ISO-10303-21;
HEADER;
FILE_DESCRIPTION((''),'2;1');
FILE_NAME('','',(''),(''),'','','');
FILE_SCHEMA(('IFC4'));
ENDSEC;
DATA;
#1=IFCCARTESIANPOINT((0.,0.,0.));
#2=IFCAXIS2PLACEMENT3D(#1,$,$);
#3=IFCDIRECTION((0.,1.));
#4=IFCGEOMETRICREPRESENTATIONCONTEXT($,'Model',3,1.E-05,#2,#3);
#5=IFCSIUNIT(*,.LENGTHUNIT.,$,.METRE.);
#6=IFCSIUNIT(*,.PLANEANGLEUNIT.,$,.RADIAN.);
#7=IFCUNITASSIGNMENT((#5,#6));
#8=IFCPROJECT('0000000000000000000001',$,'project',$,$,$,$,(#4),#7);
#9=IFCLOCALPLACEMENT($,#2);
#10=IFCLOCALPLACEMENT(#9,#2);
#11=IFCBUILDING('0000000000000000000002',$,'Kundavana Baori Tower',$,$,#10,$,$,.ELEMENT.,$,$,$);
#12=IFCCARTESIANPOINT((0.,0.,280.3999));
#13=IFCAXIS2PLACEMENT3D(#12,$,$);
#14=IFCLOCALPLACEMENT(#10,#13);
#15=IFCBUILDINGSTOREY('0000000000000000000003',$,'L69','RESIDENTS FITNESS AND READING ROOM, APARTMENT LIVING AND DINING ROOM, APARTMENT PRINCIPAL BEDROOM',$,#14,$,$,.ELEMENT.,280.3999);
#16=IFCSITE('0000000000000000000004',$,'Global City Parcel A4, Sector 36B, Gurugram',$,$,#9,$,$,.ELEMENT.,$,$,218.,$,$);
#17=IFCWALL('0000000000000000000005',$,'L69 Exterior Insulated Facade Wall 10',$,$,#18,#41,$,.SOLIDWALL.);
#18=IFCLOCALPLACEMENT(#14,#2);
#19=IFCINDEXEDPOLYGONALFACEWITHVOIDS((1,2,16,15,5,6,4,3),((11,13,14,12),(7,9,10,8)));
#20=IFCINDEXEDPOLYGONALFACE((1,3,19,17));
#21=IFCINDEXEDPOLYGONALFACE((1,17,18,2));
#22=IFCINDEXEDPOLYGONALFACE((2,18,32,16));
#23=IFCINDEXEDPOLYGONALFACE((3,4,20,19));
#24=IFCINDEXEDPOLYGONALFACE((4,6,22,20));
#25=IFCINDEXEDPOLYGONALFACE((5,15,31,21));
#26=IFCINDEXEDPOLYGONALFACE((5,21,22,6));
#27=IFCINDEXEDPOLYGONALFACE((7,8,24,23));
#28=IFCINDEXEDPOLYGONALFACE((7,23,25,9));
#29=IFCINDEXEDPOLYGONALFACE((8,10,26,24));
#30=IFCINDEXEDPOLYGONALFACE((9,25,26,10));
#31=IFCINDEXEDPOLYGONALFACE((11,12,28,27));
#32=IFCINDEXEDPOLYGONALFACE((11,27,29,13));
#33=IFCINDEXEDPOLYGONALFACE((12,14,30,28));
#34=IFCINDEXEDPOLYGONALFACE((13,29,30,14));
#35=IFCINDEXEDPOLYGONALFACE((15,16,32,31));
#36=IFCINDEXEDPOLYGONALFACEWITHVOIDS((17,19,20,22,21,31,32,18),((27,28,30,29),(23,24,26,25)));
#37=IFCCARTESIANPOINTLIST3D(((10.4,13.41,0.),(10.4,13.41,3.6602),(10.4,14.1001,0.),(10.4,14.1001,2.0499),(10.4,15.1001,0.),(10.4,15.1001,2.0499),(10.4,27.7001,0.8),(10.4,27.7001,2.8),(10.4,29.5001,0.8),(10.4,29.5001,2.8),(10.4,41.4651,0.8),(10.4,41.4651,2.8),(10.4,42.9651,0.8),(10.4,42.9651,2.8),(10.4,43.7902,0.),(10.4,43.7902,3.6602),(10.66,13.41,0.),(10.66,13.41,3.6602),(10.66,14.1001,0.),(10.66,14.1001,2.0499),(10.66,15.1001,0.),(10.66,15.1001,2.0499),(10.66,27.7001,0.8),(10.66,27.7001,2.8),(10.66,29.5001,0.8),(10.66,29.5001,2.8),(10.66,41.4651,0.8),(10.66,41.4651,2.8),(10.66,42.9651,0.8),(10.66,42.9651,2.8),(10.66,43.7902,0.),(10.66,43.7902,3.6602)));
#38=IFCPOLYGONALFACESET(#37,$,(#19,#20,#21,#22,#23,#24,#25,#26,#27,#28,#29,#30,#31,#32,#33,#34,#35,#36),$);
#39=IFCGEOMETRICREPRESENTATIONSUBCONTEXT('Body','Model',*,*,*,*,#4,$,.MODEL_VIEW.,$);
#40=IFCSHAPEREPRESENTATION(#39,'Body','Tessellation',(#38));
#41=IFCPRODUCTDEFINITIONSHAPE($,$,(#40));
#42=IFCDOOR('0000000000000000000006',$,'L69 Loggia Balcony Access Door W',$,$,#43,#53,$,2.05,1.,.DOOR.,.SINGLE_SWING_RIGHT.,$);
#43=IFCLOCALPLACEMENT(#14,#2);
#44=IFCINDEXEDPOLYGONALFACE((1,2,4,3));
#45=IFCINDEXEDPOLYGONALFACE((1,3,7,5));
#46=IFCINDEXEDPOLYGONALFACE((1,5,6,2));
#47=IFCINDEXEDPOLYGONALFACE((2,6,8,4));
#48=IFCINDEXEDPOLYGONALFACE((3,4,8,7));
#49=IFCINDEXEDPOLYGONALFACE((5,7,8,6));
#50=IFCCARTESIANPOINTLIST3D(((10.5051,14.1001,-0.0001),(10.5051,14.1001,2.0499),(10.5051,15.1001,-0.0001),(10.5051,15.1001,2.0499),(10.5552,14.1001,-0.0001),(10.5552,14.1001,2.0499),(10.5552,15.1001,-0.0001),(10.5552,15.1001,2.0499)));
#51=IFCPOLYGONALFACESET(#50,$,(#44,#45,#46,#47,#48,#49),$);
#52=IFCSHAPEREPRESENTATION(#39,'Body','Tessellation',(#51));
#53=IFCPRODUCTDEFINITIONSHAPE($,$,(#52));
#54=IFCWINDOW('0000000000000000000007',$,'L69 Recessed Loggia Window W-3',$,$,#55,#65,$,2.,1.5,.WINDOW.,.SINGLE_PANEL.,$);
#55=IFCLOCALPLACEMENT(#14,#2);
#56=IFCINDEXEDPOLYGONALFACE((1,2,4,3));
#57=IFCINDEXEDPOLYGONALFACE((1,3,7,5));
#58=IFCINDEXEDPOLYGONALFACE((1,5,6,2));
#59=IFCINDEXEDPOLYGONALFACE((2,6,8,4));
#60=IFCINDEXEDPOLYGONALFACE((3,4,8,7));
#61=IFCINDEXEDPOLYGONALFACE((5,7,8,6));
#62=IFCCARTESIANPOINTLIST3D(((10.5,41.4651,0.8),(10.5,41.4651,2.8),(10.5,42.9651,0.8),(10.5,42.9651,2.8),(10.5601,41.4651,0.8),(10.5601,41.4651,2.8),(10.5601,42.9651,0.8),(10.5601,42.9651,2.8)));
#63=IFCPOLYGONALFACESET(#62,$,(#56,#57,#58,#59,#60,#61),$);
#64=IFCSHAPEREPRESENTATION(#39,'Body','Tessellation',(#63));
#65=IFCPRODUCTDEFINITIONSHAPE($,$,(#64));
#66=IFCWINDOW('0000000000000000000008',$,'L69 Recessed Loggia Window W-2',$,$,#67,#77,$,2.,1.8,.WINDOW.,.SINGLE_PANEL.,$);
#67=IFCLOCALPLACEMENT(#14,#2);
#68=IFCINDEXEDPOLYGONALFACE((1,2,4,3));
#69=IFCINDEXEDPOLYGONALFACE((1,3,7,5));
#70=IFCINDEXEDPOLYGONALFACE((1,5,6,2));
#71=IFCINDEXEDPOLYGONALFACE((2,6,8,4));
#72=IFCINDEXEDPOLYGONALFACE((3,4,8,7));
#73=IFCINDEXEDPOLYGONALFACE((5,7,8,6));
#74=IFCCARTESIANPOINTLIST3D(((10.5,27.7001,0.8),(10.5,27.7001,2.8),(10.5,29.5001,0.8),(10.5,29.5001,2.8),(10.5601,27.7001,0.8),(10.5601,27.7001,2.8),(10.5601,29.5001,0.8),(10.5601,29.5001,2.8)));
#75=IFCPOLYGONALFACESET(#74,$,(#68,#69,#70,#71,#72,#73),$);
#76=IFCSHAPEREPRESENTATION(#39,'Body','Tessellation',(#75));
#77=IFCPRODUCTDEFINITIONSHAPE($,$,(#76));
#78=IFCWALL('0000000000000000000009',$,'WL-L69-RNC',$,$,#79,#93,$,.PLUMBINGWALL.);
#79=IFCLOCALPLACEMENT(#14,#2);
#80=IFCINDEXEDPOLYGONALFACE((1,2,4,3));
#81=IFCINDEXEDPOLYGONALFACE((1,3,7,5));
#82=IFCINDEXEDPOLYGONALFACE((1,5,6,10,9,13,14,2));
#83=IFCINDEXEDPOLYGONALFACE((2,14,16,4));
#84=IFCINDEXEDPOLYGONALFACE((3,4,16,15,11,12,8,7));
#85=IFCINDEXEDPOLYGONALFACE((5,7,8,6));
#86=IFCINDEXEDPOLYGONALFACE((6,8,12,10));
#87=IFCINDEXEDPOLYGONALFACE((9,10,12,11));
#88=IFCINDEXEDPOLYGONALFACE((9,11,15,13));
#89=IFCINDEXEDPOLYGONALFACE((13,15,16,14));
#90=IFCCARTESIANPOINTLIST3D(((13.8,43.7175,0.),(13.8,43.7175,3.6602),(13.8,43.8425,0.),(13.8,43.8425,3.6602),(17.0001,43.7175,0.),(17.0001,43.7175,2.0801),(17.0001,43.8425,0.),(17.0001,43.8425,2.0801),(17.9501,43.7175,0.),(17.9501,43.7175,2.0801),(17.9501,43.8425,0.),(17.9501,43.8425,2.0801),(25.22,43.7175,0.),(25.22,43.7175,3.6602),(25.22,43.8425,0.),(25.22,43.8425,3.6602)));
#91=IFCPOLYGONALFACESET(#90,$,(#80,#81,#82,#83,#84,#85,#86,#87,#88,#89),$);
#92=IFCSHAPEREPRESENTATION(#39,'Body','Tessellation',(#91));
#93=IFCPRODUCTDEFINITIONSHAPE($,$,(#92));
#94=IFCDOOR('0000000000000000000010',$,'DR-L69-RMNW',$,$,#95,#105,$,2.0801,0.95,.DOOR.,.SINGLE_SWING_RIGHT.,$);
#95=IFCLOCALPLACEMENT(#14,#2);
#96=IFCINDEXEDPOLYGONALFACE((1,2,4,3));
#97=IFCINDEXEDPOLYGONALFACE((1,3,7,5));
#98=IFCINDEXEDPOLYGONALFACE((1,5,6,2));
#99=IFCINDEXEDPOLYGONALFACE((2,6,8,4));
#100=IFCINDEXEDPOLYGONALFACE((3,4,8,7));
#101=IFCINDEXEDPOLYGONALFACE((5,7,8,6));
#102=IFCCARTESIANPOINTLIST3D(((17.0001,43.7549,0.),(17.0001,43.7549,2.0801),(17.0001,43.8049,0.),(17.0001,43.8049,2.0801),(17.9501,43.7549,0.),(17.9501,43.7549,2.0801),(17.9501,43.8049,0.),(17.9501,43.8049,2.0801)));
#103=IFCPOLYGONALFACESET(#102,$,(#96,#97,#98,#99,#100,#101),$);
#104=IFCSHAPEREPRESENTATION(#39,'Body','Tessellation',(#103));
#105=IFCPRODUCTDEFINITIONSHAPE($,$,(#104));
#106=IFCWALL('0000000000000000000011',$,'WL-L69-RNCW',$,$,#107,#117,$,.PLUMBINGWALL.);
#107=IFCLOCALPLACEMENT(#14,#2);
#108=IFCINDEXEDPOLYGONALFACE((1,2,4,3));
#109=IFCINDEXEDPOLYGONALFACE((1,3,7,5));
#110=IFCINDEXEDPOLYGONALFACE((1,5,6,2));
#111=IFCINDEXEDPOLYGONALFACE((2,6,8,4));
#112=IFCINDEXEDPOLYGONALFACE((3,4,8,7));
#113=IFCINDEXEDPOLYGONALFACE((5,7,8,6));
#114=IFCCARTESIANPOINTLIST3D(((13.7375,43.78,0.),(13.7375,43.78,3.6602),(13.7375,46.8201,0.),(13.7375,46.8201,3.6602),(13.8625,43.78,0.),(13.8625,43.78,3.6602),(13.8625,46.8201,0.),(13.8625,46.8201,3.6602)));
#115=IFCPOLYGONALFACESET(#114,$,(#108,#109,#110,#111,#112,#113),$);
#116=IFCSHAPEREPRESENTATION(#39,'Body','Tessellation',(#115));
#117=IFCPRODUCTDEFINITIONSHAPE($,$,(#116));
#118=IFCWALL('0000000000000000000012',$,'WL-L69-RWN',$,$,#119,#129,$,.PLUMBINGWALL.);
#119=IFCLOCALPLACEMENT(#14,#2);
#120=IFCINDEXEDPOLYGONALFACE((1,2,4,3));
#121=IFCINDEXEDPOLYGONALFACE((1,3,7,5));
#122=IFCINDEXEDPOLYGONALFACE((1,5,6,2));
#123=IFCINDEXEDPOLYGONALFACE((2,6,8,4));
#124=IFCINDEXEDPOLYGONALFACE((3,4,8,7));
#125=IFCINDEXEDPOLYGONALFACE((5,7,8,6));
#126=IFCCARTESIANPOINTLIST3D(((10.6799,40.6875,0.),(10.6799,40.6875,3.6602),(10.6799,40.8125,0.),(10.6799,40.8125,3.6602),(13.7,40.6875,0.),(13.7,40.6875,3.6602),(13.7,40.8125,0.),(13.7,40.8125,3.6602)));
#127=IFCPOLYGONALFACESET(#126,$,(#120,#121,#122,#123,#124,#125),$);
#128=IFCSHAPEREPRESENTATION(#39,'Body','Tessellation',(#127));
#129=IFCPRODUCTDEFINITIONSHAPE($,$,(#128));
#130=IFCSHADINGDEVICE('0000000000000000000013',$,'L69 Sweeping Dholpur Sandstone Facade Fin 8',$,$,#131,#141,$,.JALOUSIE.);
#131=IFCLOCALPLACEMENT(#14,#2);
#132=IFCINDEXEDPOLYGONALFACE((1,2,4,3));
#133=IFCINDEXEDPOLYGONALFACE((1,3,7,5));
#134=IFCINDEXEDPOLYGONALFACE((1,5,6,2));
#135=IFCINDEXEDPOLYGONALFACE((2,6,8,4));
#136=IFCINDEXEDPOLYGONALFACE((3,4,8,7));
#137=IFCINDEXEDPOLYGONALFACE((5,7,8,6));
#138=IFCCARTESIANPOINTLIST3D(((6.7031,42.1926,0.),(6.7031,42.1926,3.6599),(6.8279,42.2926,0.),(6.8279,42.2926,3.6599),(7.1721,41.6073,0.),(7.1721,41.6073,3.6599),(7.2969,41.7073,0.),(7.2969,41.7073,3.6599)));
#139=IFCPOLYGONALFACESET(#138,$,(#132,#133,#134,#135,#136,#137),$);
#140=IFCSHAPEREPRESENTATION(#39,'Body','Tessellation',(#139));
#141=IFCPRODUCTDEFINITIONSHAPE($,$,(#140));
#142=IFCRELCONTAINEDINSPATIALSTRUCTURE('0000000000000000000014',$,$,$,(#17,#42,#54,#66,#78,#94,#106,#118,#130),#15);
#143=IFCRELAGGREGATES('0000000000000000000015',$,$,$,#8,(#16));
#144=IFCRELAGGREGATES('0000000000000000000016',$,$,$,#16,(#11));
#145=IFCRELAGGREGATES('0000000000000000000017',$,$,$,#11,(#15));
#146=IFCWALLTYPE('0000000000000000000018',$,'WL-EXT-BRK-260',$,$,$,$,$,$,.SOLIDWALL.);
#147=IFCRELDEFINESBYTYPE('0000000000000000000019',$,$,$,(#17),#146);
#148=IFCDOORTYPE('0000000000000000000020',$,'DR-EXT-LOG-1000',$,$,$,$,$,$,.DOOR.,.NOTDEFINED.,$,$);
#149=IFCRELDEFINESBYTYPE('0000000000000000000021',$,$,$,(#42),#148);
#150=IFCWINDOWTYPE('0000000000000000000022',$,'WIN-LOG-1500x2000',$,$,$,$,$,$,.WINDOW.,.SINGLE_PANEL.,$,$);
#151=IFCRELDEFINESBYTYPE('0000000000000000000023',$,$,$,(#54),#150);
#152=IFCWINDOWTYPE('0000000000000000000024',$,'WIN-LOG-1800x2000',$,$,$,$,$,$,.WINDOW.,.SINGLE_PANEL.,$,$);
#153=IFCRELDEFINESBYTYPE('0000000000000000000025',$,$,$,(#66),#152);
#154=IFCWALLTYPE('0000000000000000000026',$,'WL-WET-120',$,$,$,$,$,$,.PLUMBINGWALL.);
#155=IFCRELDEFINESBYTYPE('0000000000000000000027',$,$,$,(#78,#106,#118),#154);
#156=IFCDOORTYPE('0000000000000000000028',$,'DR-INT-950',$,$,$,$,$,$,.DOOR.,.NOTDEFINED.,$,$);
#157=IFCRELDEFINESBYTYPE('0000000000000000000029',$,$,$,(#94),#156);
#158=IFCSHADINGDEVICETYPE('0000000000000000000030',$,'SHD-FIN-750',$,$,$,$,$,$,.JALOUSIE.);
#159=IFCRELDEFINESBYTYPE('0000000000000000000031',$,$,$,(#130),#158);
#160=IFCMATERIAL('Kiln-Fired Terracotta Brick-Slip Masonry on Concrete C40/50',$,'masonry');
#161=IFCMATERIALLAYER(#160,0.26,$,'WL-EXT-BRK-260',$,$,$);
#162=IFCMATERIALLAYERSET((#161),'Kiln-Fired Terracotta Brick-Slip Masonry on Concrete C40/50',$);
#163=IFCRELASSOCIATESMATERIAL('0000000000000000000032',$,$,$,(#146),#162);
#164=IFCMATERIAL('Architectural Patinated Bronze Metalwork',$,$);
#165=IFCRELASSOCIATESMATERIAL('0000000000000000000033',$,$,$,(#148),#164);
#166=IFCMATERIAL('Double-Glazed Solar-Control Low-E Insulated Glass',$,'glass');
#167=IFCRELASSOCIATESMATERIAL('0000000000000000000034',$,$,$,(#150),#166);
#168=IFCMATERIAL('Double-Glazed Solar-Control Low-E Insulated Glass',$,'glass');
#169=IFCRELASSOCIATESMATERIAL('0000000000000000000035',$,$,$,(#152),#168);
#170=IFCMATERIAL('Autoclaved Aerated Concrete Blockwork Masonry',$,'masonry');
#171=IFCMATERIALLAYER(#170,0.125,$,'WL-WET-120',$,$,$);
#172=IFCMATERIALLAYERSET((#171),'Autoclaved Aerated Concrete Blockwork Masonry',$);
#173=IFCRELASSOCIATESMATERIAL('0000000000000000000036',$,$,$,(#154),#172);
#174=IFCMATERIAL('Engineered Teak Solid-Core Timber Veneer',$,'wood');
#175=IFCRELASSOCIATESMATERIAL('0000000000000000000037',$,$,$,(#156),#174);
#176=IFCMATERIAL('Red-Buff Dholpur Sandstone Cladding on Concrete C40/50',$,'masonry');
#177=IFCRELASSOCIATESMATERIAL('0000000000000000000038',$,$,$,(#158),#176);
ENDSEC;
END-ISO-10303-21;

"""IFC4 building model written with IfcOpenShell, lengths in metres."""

from ifc_helpers import new_model, si_unit, direction, frame, frame_2d, origin, origin_2d, place, context, subcontext, project, spatial, rectangle, extrude, material, layer, layer_set, type_object, element, fill, save


model = new_model("IFC4")

# Units and contexts
model_context = context("Model", 3, precision=1e-05, world=origin(), true_north=direction((0.0, 1.0)))
body_context = subcontext(model_context, "Body", "Model", "MODEL_VIEW")
ifc_project = project(units=[si_unit("LENGTHUNIT", "METRE"), si_unit("PLANEANGLEUNIT", "RADIAN")], contexts=[model_context])

# Site, building, storey
site_placement = place(None, origin())
site = spatial("IfcSite", under=ifc_project, at=site_placement, Name="Global City Parcel A4, Sector 36B, Gurugram", CompositionType="ELEMENT", RefElevation=218.0)
building_placement = place(site_placement, origin())
building = spatial("IfcBuilding", under=site, at=building_placement, Name="Kundavana Baori Tower", CompositionType="ELEMENT")
storey_placement = place(building_placement, frame((0.0, 0.0, 280.3999)))
storey = spatial("IfcBuildingStorey", under=building, at=storey_placement, Name="L69", Description="RESIDENTS FITNESS AND READING ROOM, APARTMENT LIVING AND DINING ROOM, APARTMENT PRINCIPAL BEDROOM", CompositionType="ELEMENT", Elevation=280.3999)

# Shared definitions
ifc_material_1 = material(Name="Kiln-Fired Terracotta Brick-Slip Masonry on Concrete C40/50", Category="masonry")
ifc_layer_1 = layer(ifc_material_1, 0.26, Name="WL-EXT-BRK-260")
ifc_layer_set_1 = layer_set([ifc_layer_1], Name="Kiln-Fired Terracotta Brick-Slip Masonry on Concrete C40/50")
wall_type_1 = type_object("IfcWallType", Name="WL-EXT-BRK-260", PredefinedType="SOLIDWALL", material=ifc_layer_set_1)

# Wall, openings, door, windows
wall_1_placement = place(storey_placement, frame((10.53, 43.79, 0.0), z_axis=(0.0, 0.0, 1.0), x_axis=(0.0, -1.0, 0.0)))
wall_1 = element("IfcWall", 1, at=wall_1_placement, inside=storey, type_object=wall_type_1, Name="L69 Exterior Insulated Facade Wall 10", PredefinedType="SOLIDWALL", context=body_context, shape_type="SweptSolid", body=[
    extrude(rectangle(XDim=30.3801, YDim=0.26, at=frame_2d((15.1899, 0.0))), origin(), (0.0, 0.0, 1.0), 3.6602),
])
opening_1_placement = place(wall_1_placement, frame((28.6899, 0.0, 0.0)))
opening_1 = element("IfcOpeningElement", 2, at=opening_1_placement, cuts=wall_1, PredefinedType="OPENING", context=body_context, shape_type="SweptSolid", body=[
    extrude(rectangle(XDim=1.0, YDim=2.05, at=frame_2d((0.5, 1.0249))), frame((0.0, 0.1401, 0.0), z_axis=(0.0, -1.0, 0.0), x_axis=(1.0, 0.0, 0.0)), (0.0, 0.0, 1.0), 0.28),
])
opening_2_placement = place(wall_1_placement, frame((14.29, 0.0, 0.8)))
opening_2 = element("IfcOpeningElement", 3, at=opening_2_placement, cuts=wall_1, PredefinedType="OPENING", context=body_context, shape_type="SweptSolid", body=[
    extrude(rectangle(XDim=1.8, YDim=2.0, at=frame_2d((0.8999, 1.0))), frame((0.0, 0.1401, 0.0), z_axis=(0.0, -1.0, 0.0), x_axis=(1.0, 0.0, 0.0)), (0.0, 0.0, 1.0), 0.28),
])
opening_3_placement = place(wall_1_placement, frame((0.825, 0.0, 0.8)))
opening_3 = element("IfcOpeningElement", 4, at=opening_3_placement, cuts=wall_1, PredefinedType="OPENING", context=body_context, shape_type="SweptSolid", body=[
    extrude(rectangle(XDim=1.5, YDim=2.0, at=frame_2d((0.75, 1.0))), frame((0.0, 0.1401, 0.0), z_axis=(0.0, -1.0, 0.0), x_axis=(1.0, 0.0, 0.0)), (0.0, 0.0, 1.0), 0.28),
])
ifc_material_2 = material(Name="Architectural Patinated Bronze Metalwork")
door_type_1 = type_object("IfcDoorType", Name="DR-EXT-LOG-1000", OperationType="NOTDEFINED", PredefinedType="DOOR", material=ifc_material_2)
door_1_placement = place(opening_1_placement, frame((1.0, 0.0, 0.0), z_axis=(0.0, 0.0, 1.0), x_axis=(-1.0, 0.0, 0.0)))
door_1 = element("IfcDoor", 5, at=door_1_placement, inside=storey, type_object=door_type_1, Name="L69 Loggia Balcony Access Door W", OperationType="SINGLE_SWING_RIGHT", OverallHeight=2.05, OverallWidth=1.0, PredefinedType="DOOR", context=body_context, shape_type="SweptSolid", body=[
    extrude(rectangle(XDim=1.0, YDim=2.05, at=frame_2d((0.5, 1.0249))), frame((0.0, 0.0249, 0.0), z_axis=(0.0, -1.0, 0.0), x_axis=(1.0, 0.0, 0.0)), (0.0, 0.0, 1.0), 0.05),
])
fill(opening_1, door_1)
ifc_material_3 = material(Name="Double-Glazed Solar-Control Low-E Insulated Glass", Category="glass")
window_type_1 = type_object("IfcWindowType", Name="WIN-LOG-1500x2000", PartitioningType="SINGLE_PANEL", PredefinedType="WINDOW", material=ifc_material_3)
window_1_placement = place(opening_3_placement, origin())
window_1 = element("IfcWindow", 6, at=window_1_placement, inside=storey, type_object=window_type_1, Name="L69 Recessed Loggia Window W-3", OverallHeight=2.0, OverallWidth=1.5, PartitioningType="SINGLE_PANEL", PredefinedType="WINDOW", context=body_context, shape_type="SweptSolid", body=[
    extrude(rectangle(XDim=1.5, YDim=2.0, at=frame_2d((0.75, 1.0))), frame((0.0, 0.03, 0.0), z_axis=(0.0, -1.0, 0.0), x_axis=(1.0, 0.0, 0.0)), (0.0, 0.0, 1.0), 0.0601),
])
fill(opening_3, window_1)
ifc_material_4 = material(Name="Double-Glazed Solar-Control Low-E Insulated Glass", Category="glass")
window_type_2 = type_object("IfcWindowType", Name="WIN-LOG-1800x2000", PartitioningType="SINGLE_PANEL", PredefinedType="WINDOW", material=ifc_material_4)
window_2_placement = place(opening_2_placement, origin())
window_2 = element("IfcWindow", 7, at=window_2_placement, inside=storey, type_object=window_type_2, Name="L69 Recessed Loggia Window W-2", OverallHeight=2.0, OverallWidth=1.8, PartitioningType="SINGLE_PANEL", PredefinedType="WINDOW", context=body_context, shape_type="SweptSolid", body=[
    extrude(rectangle(XDim=1.8, YDim=2.0, at=frame_2d((0.8999, 1.0))), frame((0.0, 0.03, 0.0), z_axis=(0.0, -1.0, 0.0), x_axis=(1.0, 0.0, 0.0)), (0.0, 0.0, 1.0), 0.0601),
])
fill(opening_2, window_2)

# Wall, opening, door
ifc_material_5 = material(Name="Autoclaved Aerated Concrete Blockwork Masonry", Category="masonry")
ifc_layer_2 = layer(ifc_material_5, 0.125, Name="WL-WET-120")
ifc_layer_set_2 = layer_set([ifc_layer_2], Name="Autoclaved Aerated Concrete Blockwork Masonry")
wall_type_2 = type_object("IfcWallType", Name="WL-WET-120", PredefinedType="PLUMBINGWALL", material=ifc_layer_set_2)
wall_2_placement = place(storey_placement, frame((13.8, 43.78, 0.0), z_axis=(0.0, 0.0, 1.0), x_axis=(1.0, 0.0, 0.0)))
wall_2 = element("IfcWall", 8, at=wall_2_placement, inside=storey, type_object=wall_type_2, Name="WL-L69-RNC", PredefinedType="PLUMBINGWALL", context=body_context, shape_type="SweptSolid", body=[
    extrude(rectangle(XDim=11.4199, YDim=0.125, at=frame_2d((5.71, 0.0))), origin(), (0.0, 0.0, 1.0), 3.6602),
])
opening_4_placement = place(wall_2_placement, frame((3.2, 0.0, 0.0)))
opening_4 = element("IfcOpeningElement", 9, at=opening_4_placement, cuts=wall_2, PredefinedType="OPENING", context=body_context, shape_type="SweptSolid", body=[
    extrude(rectangle(XDim=0.95, YDim=2.0801, at=frame_2d((0.4751, 1.04))), frame((0.0, 0.0725, 0.0), z_axis=(0.0, -1.0, 0.0), x_axis=(1.0, 0.0, 0.0)), (0.0, 0.0, 1.0), 0.145),
])
ifc_material_6 = material(Name="Engineered Teak Solid-Core Timber Veneer", Category="wood")
door_type_2 = type_object("IfcDoorType", Name="DR-INT-950", OperationType="NOTDEFINED", PredefinedType="DOOR", material=ifc_material_6)
door_2_placement = place(opening_4_placement, origin())
door_2 = element("IfcDoor", 10, at=door_2_placement, inside=storey, type_object=door_type_2, Name="DR-L69-RMNW", OperationType="SINGLE_SWING_RIGHT", OverallHeight=2.0801, OverallWidth=0.95, PredefinedType="DOOR", context=body_context, shape_type="SweptSolid", body=[
    extrude(rectangle(XDim=0.95, YDim=2.0801, at=frame_2d((0.4751, 1.04))), frame((0.0, 0.0249, 0.0), z_axis=(0.0, -1.0, 0.0), x_axis=(1.0, 0.0, 0.0)), (0.0, 0.0, 1.0), 0.05),
])
fill(opening_4, door_2)

# Walls
wall_3_placement = place(storey_placement, frame((13.8, 43.78, 0.0), z_axis=(0.0, 0.0, 1.0), x_axis=(0.0, 1.0, 0.0)))
element("IfcWall", 11, at=wall_3_placement, inside=storey, type_object=wall_type_2, Name="WL-L69-RNCW", PredefinedType="PLUMBINGWALL", context=body_context, shape_type="SweptSolid", body=[
    extrude(rectangle(XDim=3.04, YDim=0.125, at=frame_2d((1.52, 0.0))), origin(), (0.0, 0.0, 1.0), 3.6602),
])
wall_4_placement = place(storey_placement, frame((10.6799, 40.75, 0.0), z_axis=(0.0, 0.0, 1.0), x_axis=(1.0, 0.0, 0.0)))
element("IfcWall", 12, at=wall_4_placement, inside=storey, type_object=wall_type_2, Name="WL-L69-RWN", PredefinedType="PLUMBINGWALL", context=body_context, shape_type="SweptSolid", body=[
    extrude(rectangle(XDim=3.02, YDim=0.125, at=frame_2d((1.51, 0.0))), origin(), (0.0, 0.0, 1.0), 3.6602),
])

# Shading device
ifc_material_7 = material(Name="Red-Buff Dholpur Sandstone Cladding on Concrete C40/50", Category="masonry")
shading_device_type = type_object("IfcShadingDeviceType", Name="SHD-FIN-750", PredefinedType="JALOUSIE", material=ifc_material_7)
shading_device_placement = place(storey_placement, frame((7.0, 41.95, 0.0), z_axis=(0.0, 0.0, 1.0), x_axis=(0.78043, 0.625243, 0.0)))
element("IfcShadingDevice", 13, at=shading_device_placement, inside=storey, type_object=shading_device_type, Name="L69 Sweeping Dholpur Sandstone Facade Fin 8", PredefinedType="JALOUSIE", context=body_context, shape_type="SweptSolid", body=[
    extrude(rectangle(XDim=0.1599, YDim=0.75, at=origin_2d()), origin(), (0.0, 0.0, 1.0), 3.6599),
])

save(model, "model.ifc")
